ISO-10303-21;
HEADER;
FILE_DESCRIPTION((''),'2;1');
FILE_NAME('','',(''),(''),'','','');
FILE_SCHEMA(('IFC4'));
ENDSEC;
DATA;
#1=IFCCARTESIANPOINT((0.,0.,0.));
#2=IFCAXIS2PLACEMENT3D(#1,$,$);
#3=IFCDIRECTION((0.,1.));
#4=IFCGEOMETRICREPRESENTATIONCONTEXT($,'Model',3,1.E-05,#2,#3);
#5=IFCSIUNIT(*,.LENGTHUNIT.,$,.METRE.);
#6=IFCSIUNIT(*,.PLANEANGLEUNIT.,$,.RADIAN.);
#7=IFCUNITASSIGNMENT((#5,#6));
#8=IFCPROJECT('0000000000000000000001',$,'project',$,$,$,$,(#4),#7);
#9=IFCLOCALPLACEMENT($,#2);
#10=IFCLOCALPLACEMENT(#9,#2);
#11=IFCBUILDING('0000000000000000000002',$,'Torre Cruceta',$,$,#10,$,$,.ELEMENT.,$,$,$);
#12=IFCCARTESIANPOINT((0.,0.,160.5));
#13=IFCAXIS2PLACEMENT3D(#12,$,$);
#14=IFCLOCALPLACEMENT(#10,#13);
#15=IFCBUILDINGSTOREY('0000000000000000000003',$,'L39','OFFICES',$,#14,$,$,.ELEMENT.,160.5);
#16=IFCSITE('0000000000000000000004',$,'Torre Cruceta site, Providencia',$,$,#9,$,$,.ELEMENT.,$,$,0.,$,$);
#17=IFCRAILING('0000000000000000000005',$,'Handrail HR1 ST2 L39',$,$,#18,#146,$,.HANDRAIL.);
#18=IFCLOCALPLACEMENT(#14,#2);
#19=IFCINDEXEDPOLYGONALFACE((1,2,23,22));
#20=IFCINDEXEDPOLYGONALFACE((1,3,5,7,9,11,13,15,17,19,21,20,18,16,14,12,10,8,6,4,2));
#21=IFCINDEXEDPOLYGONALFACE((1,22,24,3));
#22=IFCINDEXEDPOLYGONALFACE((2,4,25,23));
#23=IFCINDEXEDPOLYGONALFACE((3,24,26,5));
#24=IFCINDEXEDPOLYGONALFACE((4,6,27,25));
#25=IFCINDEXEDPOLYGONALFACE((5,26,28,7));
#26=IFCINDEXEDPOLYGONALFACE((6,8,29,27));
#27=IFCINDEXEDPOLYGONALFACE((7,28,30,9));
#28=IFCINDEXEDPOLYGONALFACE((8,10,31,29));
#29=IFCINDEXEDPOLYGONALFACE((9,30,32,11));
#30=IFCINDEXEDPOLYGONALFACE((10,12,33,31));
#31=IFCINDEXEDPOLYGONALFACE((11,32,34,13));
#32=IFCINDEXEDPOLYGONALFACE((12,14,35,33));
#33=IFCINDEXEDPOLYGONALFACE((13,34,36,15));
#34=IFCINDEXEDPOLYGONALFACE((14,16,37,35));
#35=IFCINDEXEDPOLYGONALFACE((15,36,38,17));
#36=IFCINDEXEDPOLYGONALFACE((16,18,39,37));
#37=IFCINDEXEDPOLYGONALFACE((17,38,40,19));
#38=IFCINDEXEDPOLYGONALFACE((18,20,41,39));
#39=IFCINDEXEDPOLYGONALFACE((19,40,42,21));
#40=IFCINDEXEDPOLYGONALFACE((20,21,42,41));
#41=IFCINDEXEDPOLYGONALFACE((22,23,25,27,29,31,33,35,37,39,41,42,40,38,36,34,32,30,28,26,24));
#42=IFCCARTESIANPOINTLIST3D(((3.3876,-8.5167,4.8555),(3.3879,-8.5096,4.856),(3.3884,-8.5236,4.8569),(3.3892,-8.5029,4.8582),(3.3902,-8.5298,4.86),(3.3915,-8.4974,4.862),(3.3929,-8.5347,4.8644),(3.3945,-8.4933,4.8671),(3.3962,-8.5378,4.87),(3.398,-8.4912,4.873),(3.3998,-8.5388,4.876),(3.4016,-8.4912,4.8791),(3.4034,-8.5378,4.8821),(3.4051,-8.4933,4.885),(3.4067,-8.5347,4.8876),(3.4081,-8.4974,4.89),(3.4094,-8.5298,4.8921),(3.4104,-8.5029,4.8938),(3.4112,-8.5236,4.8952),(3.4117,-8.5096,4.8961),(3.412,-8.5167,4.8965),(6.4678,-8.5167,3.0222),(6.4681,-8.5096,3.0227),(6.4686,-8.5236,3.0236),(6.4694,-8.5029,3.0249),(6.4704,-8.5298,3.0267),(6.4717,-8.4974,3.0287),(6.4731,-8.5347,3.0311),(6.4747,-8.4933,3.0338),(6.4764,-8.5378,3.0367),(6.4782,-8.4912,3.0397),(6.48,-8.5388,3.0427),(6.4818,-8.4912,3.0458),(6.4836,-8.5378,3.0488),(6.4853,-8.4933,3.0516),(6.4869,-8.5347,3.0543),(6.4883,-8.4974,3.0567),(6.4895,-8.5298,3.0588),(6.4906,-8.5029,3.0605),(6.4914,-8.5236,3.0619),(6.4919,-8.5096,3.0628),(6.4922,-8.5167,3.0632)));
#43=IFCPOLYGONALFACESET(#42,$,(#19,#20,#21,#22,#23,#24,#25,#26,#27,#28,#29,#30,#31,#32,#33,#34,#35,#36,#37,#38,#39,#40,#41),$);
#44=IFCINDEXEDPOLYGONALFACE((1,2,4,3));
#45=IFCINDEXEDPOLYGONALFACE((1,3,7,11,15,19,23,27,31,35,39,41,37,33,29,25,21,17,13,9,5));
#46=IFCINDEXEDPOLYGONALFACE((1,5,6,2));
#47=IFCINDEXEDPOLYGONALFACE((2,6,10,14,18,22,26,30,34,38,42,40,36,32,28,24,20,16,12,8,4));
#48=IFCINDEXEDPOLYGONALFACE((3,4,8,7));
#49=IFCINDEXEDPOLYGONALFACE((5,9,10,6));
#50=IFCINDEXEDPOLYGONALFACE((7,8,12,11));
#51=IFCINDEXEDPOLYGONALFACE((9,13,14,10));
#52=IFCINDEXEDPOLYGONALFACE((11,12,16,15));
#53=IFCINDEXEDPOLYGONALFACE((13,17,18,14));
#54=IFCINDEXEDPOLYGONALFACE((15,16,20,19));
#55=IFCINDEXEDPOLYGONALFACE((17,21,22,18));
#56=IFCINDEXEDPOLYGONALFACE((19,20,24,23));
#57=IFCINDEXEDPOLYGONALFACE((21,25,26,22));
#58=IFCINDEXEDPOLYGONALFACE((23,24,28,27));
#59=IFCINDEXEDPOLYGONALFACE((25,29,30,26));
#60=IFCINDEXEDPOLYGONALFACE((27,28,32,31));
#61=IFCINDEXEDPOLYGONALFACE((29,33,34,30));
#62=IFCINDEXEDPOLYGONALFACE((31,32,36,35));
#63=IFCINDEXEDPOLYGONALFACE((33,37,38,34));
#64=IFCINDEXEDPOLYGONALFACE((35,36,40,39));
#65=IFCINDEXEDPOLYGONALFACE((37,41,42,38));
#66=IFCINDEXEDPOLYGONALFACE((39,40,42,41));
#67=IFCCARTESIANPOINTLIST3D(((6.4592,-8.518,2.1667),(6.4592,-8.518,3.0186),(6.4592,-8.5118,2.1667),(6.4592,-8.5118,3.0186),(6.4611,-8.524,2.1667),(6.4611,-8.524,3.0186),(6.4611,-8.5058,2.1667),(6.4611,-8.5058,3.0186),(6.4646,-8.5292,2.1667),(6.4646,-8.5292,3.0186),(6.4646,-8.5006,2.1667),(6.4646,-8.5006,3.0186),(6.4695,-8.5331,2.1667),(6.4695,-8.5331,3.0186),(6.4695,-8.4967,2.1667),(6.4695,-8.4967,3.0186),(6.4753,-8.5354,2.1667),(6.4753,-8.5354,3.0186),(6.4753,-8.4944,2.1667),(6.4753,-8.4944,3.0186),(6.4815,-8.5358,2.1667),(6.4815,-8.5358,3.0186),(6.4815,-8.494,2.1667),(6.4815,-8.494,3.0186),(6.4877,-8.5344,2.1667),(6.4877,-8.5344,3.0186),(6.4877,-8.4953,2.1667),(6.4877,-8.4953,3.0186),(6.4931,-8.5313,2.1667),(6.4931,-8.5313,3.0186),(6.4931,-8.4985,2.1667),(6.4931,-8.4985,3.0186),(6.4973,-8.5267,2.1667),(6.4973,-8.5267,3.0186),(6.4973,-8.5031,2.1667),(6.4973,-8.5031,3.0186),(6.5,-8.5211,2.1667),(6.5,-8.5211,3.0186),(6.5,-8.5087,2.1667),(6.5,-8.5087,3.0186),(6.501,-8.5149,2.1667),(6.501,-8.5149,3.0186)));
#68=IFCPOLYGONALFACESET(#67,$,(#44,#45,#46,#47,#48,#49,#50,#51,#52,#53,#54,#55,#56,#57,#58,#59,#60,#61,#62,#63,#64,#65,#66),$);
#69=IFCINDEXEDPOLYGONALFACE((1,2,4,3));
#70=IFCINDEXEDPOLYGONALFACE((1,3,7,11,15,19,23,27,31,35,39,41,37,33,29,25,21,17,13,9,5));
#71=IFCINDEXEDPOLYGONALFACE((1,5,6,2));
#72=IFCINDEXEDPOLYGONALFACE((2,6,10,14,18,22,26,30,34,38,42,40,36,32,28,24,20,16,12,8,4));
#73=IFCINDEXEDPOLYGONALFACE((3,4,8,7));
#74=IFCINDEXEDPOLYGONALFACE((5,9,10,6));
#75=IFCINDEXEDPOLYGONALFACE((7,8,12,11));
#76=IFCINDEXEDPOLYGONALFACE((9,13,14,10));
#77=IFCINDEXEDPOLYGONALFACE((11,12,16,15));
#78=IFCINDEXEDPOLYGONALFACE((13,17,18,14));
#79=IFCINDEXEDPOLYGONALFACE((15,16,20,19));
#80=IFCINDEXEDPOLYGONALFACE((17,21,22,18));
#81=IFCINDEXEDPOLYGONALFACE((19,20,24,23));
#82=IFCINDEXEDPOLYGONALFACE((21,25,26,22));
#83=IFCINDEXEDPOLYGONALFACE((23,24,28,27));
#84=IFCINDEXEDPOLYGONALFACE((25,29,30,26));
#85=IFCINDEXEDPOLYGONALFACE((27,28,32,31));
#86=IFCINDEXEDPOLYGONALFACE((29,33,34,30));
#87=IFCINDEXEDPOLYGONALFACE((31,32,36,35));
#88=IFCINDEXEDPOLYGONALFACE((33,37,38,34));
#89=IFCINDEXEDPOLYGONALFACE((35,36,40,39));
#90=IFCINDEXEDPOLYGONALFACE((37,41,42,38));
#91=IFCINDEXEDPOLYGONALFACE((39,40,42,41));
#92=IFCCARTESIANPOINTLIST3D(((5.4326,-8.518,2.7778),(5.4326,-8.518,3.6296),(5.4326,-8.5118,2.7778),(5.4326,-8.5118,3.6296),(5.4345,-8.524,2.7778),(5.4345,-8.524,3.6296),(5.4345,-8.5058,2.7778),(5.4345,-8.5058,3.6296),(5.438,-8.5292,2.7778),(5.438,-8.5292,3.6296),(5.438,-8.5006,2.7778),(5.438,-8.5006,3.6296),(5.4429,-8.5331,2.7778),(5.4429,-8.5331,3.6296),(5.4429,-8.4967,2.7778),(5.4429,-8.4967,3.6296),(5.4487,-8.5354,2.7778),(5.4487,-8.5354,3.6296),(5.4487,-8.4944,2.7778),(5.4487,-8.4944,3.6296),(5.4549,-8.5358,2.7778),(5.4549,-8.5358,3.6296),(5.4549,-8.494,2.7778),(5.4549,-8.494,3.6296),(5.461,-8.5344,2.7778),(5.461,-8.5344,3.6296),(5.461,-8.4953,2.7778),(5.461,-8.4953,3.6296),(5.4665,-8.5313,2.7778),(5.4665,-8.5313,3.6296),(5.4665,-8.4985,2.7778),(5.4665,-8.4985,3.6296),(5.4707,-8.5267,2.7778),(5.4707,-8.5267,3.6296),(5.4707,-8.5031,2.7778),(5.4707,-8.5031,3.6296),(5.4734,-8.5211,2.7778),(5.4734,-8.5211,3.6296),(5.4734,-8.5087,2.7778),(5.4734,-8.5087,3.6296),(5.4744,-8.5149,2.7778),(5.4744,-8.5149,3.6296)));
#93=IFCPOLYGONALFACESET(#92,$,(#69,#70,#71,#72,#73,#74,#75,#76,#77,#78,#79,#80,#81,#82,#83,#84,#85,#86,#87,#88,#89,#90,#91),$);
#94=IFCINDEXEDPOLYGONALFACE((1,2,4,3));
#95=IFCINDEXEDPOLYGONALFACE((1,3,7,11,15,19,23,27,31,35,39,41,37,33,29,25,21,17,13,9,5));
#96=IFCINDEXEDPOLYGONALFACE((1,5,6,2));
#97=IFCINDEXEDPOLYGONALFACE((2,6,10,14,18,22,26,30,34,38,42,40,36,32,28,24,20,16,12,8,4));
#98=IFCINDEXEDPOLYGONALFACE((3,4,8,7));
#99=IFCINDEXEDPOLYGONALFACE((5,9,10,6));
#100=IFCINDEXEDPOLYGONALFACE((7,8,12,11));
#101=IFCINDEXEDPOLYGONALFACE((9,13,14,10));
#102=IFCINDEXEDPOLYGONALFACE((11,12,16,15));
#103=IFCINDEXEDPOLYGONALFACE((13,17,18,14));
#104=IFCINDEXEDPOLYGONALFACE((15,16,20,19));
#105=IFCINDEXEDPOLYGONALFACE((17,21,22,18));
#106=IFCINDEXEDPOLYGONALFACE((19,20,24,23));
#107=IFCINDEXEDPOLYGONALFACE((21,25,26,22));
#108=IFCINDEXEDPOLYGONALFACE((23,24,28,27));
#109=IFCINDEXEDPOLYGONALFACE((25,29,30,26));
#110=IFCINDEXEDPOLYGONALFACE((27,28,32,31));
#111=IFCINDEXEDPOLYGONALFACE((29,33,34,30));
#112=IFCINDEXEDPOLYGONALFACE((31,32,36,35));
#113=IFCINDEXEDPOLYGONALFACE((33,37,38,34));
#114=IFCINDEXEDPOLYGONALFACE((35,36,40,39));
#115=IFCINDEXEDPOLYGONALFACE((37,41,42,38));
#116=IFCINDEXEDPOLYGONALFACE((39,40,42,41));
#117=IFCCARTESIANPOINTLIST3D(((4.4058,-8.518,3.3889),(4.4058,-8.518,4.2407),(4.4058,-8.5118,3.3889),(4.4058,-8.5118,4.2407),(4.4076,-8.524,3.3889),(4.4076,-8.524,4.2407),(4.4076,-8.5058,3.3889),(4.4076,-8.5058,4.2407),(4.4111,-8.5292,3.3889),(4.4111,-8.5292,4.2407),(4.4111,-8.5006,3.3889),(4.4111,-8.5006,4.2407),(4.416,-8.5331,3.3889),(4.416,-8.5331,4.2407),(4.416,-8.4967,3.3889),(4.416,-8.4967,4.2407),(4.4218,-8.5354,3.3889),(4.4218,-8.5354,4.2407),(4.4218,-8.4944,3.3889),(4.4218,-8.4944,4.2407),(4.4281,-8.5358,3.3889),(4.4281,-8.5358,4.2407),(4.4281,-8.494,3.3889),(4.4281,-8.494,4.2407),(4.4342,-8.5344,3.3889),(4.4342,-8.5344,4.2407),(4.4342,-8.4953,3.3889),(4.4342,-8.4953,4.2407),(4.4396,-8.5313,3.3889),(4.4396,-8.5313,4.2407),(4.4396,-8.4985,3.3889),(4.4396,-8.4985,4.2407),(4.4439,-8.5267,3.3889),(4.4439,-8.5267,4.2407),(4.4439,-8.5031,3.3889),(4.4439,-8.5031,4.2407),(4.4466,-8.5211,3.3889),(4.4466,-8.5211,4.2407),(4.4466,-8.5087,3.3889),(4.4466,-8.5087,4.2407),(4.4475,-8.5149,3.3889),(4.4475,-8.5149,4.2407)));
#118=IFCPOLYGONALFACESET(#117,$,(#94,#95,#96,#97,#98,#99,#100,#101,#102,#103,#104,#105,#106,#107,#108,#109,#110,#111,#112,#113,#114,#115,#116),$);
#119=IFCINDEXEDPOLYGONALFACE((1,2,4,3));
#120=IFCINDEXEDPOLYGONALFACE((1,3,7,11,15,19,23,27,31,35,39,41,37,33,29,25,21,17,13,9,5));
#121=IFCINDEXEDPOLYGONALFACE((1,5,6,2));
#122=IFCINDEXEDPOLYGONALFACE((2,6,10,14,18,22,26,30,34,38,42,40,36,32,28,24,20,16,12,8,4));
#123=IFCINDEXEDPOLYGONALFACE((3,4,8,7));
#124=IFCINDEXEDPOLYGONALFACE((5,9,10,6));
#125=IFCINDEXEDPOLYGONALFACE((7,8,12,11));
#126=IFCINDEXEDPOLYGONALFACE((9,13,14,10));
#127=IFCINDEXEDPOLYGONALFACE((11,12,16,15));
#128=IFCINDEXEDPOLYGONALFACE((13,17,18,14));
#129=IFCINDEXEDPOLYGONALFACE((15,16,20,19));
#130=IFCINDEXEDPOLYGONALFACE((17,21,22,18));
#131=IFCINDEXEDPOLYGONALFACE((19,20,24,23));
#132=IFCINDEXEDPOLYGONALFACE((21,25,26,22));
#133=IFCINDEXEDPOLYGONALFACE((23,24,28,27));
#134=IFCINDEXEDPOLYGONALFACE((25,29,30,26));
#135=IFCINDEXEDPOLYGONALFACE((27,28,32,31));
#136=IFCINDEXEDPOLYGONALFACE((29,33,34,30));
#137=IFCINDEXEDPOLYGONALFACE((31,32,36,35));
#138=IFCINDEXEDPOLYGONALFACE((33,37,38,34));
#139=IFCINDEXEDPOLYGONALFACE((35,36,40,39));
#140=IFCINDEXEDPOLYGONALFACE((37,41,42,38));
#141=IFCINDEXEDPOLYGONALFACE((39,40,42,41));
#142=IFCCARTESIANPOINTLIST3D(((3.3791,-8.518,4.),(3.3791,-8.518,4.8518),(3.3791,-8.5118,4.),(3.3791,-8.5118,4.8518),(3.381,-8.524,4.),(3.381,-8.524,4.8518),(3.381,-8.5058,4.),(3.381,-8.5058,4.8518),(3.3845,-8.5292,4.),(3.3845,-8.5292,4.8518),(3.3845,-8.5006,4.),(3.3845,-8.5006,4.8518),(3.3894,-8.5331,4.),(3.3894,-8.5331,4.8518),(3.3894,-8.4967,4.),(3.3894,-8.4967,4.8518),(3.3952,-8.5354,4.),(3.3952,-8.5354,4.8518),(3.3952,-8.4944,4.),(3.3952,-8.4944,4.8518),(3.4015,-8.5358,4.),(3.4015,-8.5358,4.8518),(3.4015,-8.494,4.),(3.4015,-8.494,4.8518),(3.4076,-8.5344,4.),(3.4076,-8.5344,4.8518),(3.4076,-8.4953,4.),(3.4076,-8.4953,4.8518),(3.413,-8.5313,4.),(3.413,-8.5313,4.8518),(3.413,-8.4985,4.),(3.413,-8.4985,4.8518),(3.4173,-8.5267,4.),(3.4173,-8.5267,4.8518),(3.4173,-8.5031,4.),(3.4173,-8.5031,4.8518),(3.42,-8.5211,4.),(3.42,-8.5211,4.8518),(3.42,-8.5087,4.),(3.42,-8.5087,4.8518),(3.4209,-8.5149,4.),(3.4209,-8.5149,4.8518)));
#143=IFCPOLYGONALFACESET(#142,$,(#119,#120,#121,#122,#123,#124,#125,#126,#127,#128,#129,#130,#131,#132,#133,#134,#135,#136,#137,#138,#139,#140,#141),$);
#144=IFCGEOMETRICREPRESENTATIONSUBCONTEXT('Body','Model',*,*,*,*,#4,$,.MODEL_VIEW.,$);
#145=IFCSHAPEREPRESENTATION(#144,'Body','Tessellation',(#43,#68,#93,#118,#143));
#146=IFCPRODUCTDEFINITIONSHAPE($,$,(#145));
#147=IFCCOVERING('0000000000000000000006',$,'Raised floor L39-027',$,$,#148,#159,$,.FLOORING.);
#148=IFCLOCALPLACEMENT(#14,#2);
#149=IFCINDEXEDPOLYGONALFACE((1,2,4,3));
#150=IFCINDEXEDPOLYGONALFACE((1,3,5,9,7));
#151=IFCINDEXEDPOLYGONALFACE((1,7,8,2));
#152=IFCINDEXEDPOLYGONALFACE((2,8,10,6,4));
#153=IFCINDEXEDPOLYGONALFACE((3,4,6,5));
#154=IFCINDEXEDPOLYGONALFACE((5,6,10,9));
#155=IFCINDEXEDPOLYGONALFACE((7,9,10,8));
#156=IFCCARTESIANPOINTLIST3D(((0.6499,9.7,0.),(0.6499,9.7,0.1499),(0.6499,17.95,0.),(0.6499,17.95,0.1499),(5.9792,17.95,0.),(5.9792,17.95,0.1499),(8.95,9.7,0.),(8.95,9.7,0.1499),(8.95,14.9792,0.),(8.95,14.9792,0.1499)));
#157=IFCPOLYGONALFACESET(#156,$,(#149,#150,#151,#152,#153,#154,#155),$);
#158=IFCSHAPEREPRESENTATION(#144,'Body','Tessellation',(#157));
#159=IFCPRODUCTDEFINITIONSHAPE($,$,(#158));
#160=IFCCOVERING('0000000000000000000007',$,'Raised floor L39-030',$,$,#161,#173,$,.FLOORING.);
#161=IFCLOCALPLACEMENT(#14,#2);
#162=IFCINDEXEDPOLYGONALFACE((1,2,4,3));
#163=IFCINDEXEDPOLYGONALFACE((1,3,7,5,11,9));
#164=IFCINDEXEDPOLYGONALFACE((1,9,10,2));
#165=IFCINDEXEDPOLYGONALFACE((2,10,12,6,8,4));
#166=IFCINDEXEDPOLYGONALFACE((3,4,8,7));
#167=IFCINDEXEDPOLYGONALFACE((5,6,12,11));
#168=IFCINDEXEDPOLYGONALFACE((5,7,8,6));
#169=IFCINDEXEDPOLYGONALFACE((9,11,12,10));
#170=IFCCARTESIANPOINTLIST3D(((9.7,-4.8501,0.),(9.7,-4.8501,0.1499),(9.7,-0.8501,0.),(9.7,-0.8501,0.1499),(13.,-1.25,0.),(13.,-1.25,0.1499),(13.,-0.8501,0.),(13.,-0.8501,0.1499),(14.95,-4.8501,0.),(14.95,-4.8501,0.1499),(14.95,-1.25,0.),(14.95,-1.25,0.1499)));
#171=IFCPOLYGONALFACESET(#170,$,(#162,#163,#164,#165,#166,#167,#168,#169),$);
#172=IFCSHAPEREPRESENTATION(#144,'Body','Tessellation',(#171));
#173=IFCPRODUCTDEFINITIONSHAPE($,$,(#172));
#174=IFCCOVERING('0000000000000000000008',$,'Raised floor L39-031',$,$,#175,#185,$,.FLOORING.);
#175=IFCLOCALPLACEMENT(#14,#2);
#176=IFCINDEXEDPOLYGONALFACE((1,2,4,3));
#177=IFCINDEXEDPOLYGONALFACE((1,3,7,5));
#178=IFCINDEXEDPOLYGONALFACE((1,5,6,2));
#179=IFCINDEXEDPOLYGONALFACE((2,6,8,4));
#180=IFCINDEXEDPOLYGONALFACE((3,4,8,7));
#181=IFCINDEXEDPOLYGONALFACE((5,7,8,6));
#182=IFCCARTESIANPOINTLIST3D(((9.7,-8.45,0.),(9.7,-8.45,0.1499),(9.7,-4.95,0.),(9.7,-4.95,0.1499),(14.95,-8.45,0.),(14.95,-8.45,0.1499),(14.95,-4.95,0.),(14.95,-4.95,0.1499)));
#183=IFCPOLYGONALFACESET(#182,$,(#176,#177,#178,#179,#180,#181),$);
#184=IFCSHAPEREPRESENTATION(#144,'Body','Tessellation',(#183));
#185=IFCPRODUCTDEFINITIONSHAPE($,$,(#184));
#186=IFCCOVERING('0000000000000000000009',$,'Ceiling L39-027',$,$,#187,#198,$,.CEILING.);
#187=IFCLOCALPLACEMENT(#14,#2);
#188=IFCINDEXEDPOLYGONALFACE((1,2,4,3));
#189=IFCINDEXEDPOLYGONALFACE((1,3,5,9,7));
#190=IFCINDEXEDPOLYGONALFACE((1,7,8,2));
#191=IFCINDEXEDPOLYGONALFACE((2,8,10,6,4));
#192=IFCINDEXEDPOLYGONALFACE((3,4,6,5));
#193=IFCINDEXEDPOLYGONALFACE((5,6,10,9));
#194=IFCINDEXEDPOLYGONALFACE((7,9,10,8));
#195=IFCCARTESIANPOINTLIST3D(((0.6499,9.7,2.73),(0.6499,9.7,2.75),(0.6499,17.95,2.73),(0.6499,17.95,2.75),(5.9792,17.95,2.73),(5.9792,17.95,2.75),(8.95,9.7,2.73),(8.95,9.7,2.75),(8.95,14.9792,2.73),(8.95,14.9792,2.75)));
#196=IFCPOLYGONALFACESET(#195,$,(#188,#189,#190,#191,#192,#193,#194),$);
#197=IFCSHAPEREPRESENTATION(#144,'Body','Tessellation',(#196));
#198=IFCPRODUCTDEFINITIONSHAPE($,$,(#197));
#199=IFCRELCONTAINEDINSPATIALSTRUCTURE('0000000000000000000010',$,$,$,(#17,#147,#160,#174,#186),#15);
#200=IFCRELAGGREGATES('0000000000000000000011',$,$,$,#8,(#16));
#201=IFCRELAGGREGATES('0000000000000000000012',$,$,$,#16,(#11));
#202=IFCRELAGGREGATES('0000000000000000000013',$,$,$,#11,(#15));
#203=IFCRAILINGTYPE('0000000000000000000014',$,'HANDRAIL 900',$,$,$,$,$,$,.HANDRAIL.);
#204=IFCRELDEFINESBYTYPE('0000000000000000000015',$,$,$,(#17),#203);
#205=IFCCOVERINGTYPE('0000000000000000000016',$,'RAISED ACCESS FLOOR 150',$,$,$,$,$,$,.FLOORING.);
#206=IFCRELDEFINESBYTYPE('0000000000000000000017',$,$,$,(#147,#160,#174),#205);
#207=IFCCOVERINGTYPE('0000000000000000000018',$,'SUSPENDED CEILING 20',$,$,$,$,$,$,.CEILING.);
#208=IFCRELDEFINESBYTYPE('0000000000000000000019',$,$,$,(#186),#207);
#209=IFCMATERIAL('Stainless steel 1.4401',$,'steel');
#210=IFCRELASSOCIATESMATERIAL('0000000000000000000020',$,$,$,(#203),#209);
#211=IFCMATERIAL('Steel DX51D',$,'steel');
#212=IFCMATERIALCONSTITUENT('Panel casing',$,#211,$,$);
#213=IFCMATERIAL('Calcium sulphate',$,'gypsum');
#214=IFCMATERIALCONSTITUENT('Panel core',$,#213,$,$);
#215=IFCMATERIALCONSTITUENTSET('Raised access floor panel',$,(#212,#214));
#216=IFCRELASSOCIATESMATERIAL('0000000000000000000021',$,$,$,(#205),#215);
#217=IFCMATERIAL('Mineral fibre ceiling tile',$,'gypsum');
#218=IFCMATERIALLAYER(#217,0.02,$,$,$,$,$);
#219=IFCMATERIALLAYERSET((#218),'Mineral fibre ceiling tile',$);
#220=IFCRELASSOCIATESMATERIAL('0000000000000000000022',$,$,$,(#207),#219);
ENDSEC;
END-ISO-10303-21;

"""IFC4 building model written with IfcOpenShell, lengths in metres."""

from ifc_helpers import new_model, si_unit, direction, frame, origin, origin_2d, place, context, subcontext, project, spatial, polyline, circle, outline, extrude, material, layer, layer_set, constituent, constituent_set, type_object, element, save


model = new_model("IFC4")

# Units and contexts
model_context = context("Model", 3, precision=1e-05, world=origin(), true_north=direction((0.0, 1.0)))
body_context = subcontext(model_context, "Body", "Model", "MODEL_VIEW")
ifc_project = project(units=[si_unit("LENGTHUNIT", "METRE"), si_unit("PLANEANGLEUNIT", "RADIAN")], contexts=[model_context])

# Site, building, storey
site_placement = place(None, origin())
site = spatial("IfcSite", under=ifc_project, at=site_placement, Name="Torre Cruceta site, Providencia", CompositionType="ELEMENT", RefElevation=0.0)
building_placement = place(site_placement, origin())
building = spatial("IfcBuilding", under=site, at=building_placement, Name="Torre Cruceta", CompositionType="ELEMENT")
storey_placement = place(building_placement, frame((0.0, 0.0, 160.5)))
storey = spatial("IfcBuildingStorey", under=building, at=storey_placement, Name="L39", Description="OFFICES", CompositionType="ELEMENT", Elevation=160.5)

# Railing
ifc_material_1 = material(Name="Stainless steel 1.4401", Category="steel")
railing_type = type_object("IfcRailingType", Name="HANDRAIL 900", PredefinedType="HANDRAIL", material=ifc_material_1)
railing_1_placement = place(storey_placement, frame((6.48, -8.5149, 2.1667)))
element("IfcRailing", 1, at=railing_1_placement, inside=storey, type_object=railing_type, Name="Handrail HR1 ST2 L39", PredefinedType="HANDRAIL", context=body_context, shape_type="SweptSolid", body=[
    extrude(circle(Radius=0.0239, at=origin_2d()), frame((0.0, 0.0, 0.876), z_axis=(-0.859309, 0.0, 0.511458), x_axis=(0.0, -1.0, 0.0)), (0.0, 0.0, 1.0), 3.5845),
    extrude(circle(Radius=0.021, at=origin_2d()), origin(), (0.0, 0.0, 1.0), 0.8518),
    extrude(circle(Radius=0.021, at=origin_2d()), frame((-1.0266, 0.0, 0.6111)), (0.0, 0.0, 1.0), 0.8518),
    extrude(circle(Radius=0.021, at=origin_2d()), frame((-2.0535, 0.0, 1.2222)), (0.0, 0.0, 1.0), 0.8518),
    extrude(circle(Radius=0.021, at=origin_2d()), frame((-3.0801, 0.0, 1.8333)), (0.0, 0.0, 1.0), 0.8518),
])

# Coverings
ifc_material_2 = material(Name="Steel DX51D", Category="steel")
ifc_constituent_1 = constituent(ifc_material_2, Name="Panel casing")
ifc_material_3 = material(Name="Calcium sulphate", Category="gypsum")
ifc_constituent_2 = constituent(ifc_material_3, Name="Panel core")
ifc_constituent_set_1 = constituent_set(constituents=[ifc_constituent_1, ifc_constituent_2], Name="Raised access floor panel")
covering_type_1 = type_object("IfcCoveringType", Name="RAISED ACCESS FLOOR 150", PredefinedType="FLOORING", material=ifc_constituent_set_1)
covering_1_placement = place(storey_placement, origin())
element("IfcCovering", 2, at=covering_1_placement, inside=storey, type_object=covering_type_1, Name="Raised floor L39-027", PredefinedType="FLOORING", context=body_context, shape_type="SweptSolid", body=[
    extrude(outline(polyline([(5.9792, 17.95), (8.95, 14.9792), (8.95, 9.7), (0.6499, 9.7), (0.6499, 17.95), (5.9792, 17.95)])), origin(), (0.0, 0.0, 1.0), 0.1499),
])
covering_2_placement = place(storey_placement, origin())
element("IfcCovering", 3, at=covering_2_placement, inside=storey, type_object=covering_type_1, Name="Raised floor L39-030", PredefinedType="FLOORING", context=body_context, shape_type="SweptSolid", body=[
    extrude(outline(polyline([(14.95, -4.8501), (9.7, -4.8501), (9.7, -0.8501), (13.0, -0.8501), (13.0, -1.25), (14.95, -1.25), (14.95, -4.8501)])), origin(), (0.0, 0.0, 1.0), 0.1499),
])
covering_3_placement = place(storey_placement, origin())
element("IfcCovering", 4, at=covering_3_placement, inside=storey, type_object=covering_type_1, Name="Raised floor L39-031", PredefinedType="FLOORING", context=body_context, shape_type="SweptSolid", body=[
    extrude(outline(polyline([(9.7, -8.45), (9.7, -4.95), (14.95, -4.95), (14.95, -8.45), (9.7, -8.45)])), origin(), (0.0, 0.0, 1.0), 0.1499),
])
ifc_material_4 = material(Name="Mineral fibre ceiling tile", Category="gypsum")
ifc_layer_1 = layer(ifc_material_4, 0.02)
ifc_layer_set_1 = layer_set([ifc_layer_1], Name="Mineral fibre ceiling tile")
covering_type_2 = type_object("IfcCoveringType", Name="SUSPENDED CEILING 20", PredefinedType="CEILING", material=ifc_layer_set_1)
covering_4_placement = place(storey_placement, frame((0.0, 0.0, 2.73)))
element("IfcCovering", 5, at=covering_4_placement, inside=storey, type_object=covering_type_2, Name="Ceiling L39-027", PredefinedType="CEILING", context=body_context, shape_type="SweptSolid", body=[
    extrude(outline(polyline([(5.9792, 17.95), (8.95, 14.9792), (8.95, 9.7), (0.6499, 9.7), (0.6499, 17.95), (5.9792, 17.95)])), origin(), (0.0, 0.0, 1.0), 0.02),
])

save(model, "model.ifc")
